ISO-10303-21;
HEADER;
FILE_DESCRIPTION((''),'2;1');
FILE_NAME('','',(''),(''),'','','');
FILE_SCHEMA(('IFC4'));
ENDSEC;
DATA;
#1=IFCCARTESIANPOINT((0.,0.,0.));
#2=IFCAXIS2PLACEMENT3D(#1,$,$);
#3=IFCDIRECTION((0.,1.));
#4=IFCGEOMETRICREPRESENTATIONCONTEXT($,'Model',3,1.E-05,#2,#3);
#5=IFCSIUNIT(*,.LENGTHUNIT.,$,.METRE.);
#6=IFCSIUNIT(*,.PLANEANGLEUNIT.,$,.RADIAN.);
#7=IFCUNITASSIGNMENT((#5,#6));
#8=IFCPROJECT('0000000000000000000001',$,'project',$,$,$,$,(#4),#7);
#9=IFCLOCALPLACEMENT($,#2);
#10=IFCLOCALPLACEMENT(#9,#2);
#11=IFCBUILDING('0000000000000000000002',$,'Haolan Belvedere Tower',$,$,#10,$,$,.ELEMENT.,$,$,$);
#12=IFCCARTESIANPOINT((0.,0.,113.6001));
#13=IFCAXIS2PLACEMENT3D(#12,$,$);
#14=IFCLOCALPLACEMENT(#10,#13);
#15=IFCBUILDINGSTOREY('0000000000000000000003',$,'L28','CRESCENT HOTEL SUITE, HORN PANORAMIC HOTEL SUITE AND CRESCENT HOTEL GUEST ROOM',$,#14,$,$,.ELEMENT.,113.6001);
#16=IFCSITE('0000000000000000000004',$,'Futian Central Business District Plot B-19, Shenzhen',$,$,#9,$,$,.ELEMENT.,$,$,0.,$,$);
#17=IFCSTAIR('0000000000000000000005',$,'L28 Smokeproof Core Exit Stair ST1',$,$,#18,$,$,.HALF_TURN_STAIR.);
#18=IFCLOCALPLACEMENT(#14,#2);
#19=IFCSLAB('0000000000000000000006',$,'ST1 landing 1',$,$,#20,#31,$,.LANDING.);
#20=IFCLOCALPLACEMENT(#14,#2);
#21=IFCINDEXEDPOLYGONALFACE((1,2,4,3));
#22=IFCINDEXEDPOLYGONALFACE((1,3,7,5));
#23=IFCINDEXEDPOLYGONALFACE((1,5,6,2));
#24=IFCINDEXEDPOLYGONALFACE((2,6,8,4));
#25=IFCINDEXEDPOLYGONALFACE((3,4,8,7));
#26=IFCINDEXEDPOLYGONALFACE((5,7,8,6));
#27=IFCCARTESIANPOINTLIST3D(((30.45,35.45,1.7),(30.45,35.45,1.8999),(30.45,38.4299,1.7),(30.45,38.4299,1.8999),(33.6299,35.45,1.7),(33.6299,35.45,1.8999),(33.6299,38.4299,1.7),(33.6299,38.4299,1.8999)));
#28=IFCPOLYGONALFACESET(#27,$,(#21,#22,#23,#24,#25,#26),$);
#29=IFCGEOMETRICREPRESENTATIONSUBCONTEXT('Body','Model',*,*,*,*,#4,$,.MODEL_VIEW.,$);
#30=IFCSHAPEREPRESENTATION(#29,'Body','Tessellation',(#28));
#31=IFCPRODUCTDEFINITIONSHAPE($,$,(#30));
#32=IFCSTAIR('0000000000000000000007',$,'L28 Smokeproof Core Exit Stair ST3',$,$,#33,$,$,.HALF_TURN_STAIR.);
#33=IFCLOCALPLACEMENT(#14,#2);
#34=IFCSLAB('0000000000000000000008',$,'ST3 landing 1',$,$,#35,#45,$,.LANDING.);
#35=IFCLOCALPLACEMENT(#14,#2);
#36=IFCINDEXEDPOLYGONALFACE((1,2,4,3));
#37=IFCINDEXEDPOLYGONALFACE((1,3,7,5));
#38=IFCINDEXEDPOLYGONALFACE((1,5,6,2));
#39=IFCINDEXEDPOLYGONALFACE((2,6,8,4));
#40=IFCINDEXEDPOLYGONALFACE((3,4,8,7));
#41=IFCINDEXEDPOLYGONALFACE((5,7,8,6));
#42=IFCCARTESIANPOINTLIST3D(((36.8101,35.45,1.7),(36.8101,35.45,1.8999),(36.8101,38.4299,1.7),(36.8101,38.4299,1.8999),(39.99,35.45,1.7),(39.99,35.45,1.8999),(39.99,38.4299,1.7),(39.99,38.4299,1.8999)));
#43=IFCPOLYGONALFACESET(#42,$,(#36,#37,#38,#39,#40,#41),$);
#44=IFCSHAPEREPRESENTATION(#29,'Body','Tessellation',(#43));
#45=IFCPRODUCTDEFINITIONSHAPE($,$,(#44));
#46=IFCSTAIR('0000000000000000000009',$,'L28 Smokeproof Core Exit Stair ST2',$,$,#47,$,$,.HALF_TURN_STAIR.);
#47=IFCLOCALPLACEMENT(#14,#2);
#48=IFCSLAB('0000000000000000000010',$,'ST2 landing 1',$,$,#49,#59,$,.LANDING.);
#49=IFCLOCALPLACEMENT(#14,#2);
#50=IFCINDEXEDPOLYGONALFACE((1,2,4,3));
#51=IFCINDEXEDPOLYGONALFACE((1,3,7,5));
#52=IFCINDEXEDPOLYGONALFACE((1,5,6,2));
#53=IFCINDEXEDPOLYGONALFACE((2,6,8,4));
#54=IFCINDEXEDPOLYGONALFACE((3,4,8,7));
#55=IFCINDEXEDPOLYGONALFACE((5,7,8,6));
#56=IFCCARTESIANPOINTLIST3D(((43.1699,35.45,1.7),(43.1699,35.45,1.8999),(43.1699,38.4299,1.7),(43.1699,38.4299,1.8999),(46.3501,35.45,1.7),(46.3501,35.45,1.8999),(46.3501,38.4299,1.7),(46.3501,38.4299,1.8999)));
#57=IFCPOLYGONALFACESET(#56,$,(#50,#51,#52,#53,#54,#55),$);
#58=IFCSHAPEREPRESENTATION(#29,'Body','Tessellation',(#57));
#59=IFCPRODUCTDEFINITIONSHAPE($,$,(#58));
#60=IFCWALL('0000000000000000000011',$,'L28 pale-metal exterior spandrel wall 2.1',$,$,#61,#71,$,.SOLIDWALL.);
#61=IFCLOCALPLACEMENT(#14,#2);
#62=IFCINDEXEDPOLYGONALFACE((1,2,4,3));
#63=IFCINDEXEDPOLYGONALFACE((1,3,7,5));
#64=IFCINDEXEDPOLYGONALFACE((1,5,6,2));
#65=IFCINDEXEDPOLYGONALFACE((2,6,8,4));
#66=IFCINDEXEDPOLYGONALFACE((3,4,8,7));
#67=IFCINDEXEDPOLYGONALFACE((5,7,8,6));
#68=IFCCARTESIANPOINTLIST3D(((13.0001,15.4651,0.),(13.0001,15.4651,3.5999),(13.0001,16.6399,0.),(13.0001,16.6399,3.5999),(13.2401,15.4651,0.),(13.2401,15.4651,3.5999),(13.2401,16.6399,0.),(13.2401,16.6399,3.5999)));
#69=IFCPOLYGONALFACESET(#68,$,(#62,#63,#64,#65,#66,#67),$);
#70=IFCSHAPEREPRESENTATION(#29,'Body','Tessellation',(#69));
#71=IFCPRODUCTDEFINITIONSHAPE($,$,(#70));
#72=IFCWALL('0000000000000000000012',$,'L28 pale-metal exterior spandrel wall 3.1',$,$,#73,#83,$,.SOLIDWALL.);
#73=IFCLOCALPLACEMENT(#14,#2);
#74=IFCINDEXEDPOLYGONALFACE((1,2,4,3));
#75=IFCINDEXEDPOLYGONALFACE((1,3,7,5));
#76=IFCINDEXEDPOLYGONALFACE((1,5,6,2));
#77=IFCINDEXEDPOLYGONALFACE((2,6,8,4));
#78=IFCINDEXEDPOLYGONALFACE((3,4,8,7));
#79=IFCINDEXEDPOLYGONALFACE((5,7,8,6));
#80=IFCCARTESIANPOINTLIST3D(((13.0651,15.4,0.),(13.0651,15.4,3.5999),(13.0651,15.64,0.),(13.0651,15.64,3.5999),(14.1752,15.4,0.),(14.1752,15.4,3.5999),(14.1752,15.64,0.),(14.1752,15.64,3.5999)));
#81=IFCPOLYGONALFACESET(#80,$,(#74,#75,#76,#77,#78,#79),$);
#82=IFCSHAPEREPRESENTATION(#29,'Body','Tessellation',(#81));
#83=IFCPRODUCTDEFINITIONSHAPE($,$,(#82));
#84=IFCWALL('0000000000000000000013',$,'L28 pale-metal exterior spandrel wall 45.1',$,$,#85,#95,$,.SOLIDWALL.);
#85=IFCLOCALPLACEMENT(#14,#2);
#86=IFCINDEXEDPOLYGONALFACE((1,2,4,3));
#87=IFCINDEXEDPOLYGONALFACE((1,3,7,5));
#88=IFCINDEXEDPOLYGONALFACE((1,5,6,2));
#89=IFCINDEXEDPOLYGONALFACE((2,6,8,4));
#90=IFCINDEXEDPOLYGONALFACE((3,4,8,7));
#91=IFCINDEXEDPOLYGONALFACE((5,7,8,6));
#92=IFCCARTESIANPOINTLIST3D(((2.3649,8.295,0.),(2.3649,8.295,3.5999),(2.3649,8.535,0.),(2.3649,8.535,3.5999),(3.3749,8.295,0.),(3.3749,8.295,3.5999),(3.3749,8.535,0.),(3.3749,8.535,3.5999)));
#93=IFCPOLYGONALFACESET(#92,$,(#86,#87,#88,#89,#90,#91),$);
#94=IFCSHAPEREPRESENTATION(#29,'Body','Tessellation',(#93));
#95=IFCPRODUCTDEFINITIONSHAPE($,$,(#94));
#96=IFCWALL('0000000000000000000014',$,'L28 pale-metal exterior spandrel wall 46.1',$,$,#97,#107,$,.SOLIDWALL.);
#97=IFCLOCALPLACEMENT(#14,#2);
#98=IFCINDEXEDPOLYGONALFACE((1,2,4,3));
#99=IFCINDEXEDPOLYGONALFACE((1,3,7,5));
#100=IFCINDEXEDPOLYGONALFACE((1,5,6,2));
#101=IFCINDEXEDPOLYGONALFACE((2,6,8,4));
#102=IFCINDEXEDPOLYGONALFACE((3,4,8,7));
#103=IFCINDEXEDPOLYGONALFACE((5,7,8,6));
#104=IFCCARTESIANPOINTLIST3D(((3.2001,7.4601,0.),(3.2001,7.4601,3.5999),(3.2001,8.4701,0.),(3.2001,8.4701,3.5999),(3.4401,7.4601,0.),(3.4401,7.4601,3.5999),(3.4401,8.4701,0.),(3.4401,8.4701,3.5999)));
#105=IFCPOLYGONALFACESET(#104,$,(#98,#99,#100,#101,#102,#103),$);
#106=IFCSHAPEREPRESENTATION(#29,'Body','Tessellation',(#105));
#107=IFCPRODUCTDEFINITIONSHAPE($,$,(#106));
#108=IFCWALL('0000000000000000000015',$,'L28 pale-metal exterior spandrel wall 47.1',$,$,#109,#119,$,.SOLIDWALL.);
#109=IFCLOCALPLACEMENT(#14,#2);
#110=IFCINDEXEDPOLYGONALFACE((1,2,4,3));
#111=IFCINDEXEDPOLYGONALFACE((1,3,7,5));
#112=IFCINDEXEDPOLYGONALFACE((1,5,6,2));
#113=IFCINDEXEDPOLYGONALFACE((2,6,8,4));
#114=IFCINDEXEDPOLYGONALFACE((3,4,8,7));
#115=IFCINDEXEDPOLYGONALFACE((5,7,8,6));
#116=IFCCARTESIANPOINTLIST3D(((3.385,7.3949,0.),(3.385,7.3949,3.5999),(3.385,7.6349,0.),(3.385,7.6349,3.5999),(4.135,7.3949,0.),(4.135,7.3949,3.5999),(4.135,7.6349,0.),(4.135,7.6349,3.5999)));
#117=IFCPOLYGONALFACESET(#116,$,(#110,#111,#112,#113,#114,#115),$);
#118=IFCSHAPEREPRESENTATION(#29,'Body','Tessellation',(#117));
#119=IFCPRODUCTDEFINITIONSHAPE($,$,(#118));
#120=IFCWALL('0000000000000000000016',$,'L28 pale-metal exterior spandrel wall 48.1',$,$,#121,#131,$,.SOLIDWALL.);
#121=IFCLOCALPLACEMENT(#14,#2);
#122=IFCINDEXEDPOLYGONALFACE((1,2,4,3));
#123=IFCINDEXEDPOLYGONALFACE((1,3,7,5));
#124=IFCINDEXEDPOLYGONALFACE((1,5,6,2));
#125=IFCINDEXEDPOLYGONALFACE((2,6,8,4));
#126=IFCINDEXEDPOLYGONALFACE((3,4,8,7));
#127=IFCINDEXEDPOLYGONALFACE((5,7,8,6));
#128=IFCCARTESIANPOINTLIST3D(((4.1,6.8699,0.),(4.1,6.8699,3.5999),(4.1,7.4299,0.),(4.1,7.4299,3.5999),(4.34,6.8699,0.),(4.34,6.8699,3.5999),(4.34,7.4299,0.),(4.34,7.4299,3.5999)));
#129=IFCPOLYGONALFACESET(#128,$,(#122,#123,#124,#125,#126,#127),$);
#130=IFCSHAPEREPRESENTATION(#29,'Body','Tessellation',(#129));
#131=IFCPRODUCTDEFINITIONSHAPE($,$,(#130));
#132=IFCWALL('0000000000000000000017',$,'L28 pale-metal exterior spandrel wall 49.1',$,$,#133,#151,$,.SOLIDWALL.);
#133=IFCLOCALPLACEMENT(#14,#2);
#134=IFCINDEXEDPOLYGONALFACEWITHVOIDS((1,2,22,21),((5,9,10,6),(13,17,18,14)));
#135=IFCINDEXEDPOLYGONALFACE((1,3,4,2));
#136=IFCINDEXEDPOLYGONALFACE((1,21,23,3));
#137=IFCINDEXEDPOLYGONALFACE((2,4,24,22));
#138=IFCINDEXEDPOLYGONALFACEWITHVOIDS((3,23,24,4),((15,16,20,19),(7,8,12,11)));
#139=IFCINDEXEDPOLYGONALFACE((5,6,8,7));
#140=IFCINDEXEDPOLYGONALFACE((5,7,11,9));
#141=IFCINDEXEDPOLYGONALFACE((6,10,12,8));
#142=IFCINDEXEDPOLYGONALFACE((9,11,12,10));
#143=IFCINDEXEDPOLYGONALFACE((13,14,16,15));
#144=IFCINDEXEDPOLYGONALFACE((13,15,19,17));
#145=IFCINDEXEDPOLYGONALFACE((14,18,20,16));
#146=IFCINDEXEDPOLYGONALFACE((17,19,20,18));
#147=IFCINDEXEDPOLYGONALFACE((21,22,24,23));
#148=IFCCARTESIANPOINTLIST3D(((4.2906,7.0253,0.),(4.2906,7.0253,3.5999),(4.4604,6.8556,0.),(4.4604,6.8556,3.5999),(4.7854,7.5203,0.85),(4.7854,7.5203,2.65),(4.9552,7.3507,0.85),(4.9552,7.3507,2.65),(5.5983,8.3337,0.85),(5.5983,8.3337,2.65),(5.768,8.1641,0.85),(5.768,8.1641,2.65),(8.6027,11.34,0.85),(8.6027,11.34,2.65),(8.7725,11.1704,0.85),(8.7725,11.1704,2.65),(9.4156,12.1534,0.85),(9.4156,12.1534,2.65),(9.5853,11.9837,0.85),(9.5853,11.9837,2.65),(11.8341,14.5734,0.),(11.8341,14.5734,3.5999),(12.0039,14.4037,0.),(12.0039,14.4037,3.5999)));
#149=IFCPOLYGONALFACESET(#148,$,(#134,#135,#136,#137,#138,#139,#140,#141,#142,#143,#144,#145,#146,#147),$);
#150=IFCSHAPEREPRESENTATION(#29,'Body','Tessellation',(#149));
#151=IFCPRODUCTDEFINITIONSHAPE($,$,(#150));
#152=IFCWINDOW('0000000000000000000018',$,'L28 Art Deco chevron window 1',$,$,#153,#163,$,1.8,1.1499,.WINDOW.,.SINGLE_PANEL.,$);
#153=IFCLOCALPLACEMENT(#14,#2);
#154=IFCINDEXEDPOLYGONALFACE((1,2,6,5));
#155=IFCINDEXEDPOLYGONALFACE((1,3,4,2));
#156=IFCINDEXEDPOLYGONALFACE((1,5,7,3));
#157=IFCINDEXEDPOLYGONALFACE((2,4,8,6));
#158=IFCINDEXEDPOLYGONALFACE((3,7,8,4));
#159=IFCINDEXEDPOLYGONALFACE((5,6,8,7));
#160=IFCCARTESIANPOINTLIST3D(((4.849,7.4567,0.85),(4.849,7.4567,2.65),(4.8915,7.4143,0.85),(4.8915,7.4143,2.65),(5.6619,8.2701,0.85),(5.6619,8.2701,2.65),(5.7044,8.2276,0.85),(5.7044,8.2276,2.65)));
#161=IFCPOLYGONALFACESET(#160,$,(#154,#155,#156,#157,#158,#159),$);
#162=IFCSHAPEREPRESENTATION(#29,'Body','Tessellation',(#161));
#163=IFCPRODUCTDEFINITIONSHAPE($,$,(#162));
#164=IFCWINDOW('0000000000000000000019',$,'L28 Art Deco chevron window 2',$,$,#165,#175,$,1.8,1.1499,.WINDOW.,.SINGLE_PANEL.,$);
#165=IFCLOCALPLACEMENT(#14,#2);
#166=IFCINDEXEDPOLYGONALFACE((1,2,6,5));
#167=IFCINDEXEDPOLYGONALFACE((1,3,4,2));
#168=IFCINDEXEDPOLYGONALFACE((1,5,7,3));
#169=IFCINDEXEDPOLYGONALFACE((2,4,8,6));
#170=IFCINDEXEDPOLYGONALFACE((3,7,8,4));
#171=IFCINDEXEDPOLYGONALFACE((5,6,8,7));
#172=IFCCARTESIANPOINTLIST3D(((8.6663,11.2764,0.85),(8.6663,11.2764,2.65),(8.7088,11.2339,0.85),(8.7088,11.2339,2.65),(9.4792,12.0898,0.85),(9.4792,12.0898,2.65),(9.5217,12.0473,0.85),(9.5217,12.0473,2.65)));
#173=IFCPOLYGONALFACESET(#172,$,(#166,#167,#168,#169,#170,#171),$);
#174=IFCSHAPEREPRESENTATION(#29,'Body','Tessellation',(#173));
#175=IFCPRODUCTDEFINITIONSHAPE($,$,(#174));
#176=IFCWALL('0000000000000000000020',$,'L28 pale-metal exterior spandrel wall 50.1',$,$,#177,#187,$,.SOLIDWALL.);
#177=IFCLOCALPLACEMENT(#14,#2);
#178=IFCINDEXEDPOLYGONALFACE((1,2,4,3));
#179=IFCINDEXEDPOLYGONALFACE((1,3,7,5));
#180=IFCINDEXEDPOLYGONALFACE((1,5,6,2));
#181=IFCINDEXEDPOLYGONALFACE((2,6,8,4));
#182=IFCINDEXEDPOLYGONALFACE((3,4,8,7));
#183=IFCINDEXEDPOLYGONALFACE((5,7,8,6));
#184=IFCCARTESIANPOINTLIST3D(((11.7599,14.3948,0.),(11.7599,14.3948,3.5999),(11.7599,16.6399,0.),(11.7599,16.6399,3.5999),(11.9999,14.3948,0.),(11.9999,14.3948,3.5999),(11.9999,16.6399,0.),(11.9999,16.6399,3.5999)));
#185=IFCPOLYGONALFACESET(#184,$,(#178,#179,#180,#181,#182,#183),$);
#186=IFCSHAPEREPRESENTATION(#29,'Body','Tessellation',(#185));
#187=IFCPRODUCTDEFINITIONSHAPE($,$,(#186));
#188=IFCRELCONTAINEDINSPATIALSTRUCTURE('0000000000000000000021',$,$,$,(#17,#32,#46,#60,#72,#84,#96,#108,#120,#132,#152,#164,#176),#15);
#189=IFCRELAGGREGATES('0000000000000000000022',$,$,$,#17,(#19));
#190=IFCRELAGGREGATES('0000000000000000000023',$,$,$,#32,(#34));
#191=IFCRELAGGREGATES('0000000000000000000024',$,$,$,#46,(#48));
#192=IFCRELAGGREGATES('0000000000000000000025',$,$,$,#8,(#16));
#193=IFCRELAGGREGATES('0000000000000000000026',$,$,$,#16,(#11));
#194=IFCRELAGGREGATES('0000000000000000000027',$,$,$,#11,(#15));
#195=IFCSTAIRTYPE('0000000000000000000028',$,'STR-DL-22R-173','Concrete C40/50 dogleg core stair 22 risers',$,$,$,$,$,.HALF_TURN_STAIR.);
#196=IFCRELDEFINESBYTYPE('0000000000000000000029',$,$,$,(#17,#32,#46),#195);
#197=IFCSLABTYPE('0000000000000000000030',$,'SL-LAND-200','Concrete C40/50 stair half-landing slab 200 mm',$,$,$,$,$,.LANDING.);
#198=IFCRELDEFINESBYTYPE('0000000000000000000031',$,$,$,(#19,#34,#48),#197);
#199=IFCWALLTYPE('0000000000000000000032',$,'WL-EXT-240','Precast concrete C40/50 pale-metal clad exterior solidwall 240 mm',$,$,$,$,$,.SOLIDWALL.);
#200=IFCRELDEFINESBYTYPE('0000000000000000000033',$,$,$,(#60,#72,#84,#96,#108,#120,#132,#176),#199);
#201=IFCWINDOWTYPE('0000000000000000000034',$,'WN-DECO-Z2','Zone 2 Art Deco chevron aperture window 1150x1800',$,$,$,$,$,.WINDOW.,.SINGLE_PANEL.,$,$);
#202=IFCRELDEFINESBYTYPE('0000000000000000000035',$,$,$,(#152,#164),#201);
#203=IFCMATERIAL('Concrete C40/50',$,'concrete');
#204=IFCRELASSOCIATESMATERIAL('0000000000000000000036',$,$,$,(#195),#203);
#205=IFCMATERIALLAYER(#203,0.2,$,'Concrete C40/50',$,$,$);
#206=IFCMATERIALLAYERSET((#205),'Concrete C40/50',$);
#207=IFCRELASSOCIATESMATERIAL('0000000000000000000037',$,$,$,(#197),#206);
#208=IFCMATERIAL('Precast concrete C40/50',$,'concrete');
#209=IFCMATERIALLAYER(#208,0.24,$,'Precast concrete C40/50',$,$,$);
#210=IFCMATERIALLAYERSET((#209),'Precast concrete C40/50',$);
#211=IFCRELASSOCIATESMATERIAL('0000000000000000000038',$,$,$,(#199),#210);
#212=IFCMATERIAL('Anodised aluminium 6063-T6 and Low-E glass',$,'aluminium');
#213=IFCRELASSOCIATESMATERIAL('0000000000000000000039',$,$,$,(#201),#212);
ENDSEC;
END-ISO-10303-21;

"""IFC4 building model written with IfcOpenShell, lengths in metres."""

from ifc_helpers import new_model, si_unit, direction, frame, frame_2d, origin, place, context, subcontext, project, spatial, polyline, rectangle, outline, extrude, material, layer, layer_set, type_object, element, fill, aggregate, save


model = new_model("IFC4")

# Units and contexts
model_context = context("Model", 3, precision=1e-05, world=origin(), true_north=direction((0.0, 1.0)))
body_context = subcontext(model_context, "Body", "Model", "MODEL_VIEW")
ifc_project = project(units=[si_unit("LENGTHUNIT", "METRE"), si_unit("PLANEANGLEUNIT", "RADIAN")], contexts=[model_context])

# Site, building, storey
site_placement = place(None, origin())
site = spatial("IfcSite", under=ifc_project, at=site_placement, Name="Futian Central Business District Plot B-19, Shenzhen", CompositionType="ELEMENT", RefElevation=0.0)
building_placement = place(site_placement, origin())
building = spatial("IfcBuilding", under=site, at=building_placement, Name="Haolan Belvedere Tower", CompositionType="ELEMENT")
storey_placement = place(building_placement, frame((0.0, 0.0, 113.6001)))
storey = spatial("IfcBuildingStorey", under=building, at=storey_placement, Name="L28", Description="CRESCENT HOTEL SUITE, HORN PANORAMIC HOTEL SUITE AND CRESCENT HOTEL GUEST ROOM", CompositionType="ELEMENT", Elevation=113.6001)

# Shared definitions
ifc_material_1 = material(Name="Concrete C40/50", Category="concrete")

# Stairs, slabs
stair_type = type_object("IfcStairType", Name="STR-DL-22R-173", Description="Concrete C40/50 dogleg core stair 22 risers", PredefinedType="HALF_TURN_STAIR", material=ifc_material_1)
stair_1_placement = place(storey_placement, origin())
stair_1 = element("IfcStair", 1, at=stair_1_placement, inside=storey, type_object=stair_type, Name="L28 Smokeproof Core Exit Stair ST1", PredefinedType="HALF_TURN_STAIR")
ifc_layer_1 = layer(ifc_material_1, 0.2, Name="Concrete C40/50")
ifc_layer_set_1 = layer_set([ifc_layer_1], Name="Concrete C40/50")
slab_type_1 = type_object("IfcSlabType", Name="SL-LAND-200", Description="Concrete C40/50 stair half-landing slab 200 mm", PredefinedType="LANDING", material=ifc_layer_set_1)
slab_1_placement = place(storey_placement, frame((0.0, 0.0, 1.7)))
slab_1 = element("IfcSlab", 2, at=slab_1_placement, type_object=slab_type_1, Name="ST1 landing 1", PredefinedType="LANDING", context=body_context, shape_type="SweptSolid", body=[
    extrude(outline(polyline([(30.45, 38.4299), (30.45, 35.45), (33.6299, 35.45), (33.6299, 38.4299), (30.45, 38.4299)])), origin(), (0.0, 0.0, 1.0), 0.2),
])
aggregate(stair_1, [slab_1])
stair_2_placement = place(storey_placement, origin())
stair_2 = element("IfcStair", 3, at=stair_2_placement, inside=storey, type_object=stair_type, Name="L28 Smokeproof Core Exit Stair ST3", PredefinedType="HALF_TURN_STAIR")
slab_2_placement = place(storey_placement, frame((0.0, 0.0, 1.7)))
slab_2 = element("IfcSlab", 4, at=slab_2_placement, type_object=slab_type_1, Name="ST3 landing 1", PredefinedType="LANDING", context=body_context, shape_type="SweptSolid", body=[
    extrude(outline(polyline([(36.8101, 38.4299), (36.8101, 35.45), (39.99, 35.45), (39.99, 38.4299), (36.8101, 38.4299)])), origin(), (0.0, 0.0, 1.0), 0.2),
])
aggregate(stair_2, [slab_2])
stair_3_placement = place(storey_placement, origin())
stair_3 = element("IfcStair", 5, at=stair_3_placement, inside=storey, type_object=stair_type, Name="L28 Smokeproof Core Exit Stair ST2", PredefinedType="HALF_TURN_STAIR")
slab_3_placement = place(storey_placement, frame((0.0, 0.0, 1.7)))
slab_3 = element("IfcSlab", 6, at=slab_3_placement, type_object=slab_type_1, Name="ST2 landing 1", PredefinedType="LANDING", context=body_context, shape_type="SweptSolid", body=[
    extrude(outline(polyline([(43.1699, 38.4299), (43.1699, 35.45), (46.3501, 35.45), (46.3501, 38.4299), (43.1699, 38.4299)])), origin(), (0.0, 0.0, 1.0), 0.2),
])
aggregate(stair_3, [slab_3])

# Walls
ifc_material_2 = material(Name="Precast concrete C40/50", Category="concrete")
ifc_layer_2 = layer(ifc_material_2, 0.24, Name="Precast concrete C40/50")
ifc_layer_set_2 = layer_set([ifc_layer_2], Name="Precast concrete C40/50")
wall_type_1 = type_object("IfcWallType", Name="WL-EXT-240", Description="Precast concrete C40/50 pale-metal clad exterior solidwall 240 mm", PredefinedType="SOLIDWALL", material=ifc_layer_set_2)
wall_1_placement = place(storey_placement, frame((13.1201, 16.6399, 0.0), z_axis=(0.0, 0.0, 1.0), x_axis=(0.0, -1.0, 0.0)))
element("IfcWall", 7, at=wall_1_placement, inside=storey, type_object=wall_type_1, Name="L28 pale-metal exterior spandrel wall 2.1", PredefinedType="SOLIDWALL", context=body_context, shape_type="SweptSolid", body=[
    extrude(rectangle(XDim=1.1748, YDim=0.24, at=frame_2d((0.5874, 0.0))), origin(), (0.0, 0.0, 1.0), 3.5999),
])
wall_2_placement = place(storey_placement, frame((13.0649, 15.52, 0.0), z_axis=(0.0, 0.0, 1.0), x_axis=(1.0, 0.0, 0.0)))
element("IfcWall", 8, at=wall_2_placement, inside=storey, type_object=wall_type_1, Name="L28 pale-metal exterior spandrel wall 3.1", PredefinedType="SOLIDWALL", context=body_context, shape_type="SweptSolid", body=[
    extrude(rectangle(XDim=1.1101, YDim=0.24, at=frame_2d((0.5552, 0.0))), origin(), (0.0, 0.0, 1.0), 3.5999),
])
for number, where, z_axis, x_axis, name in (
    (9, (2.365, 8.415, 0.0), (0.0, 0.0, 1.0), (1.0, 0.0, 0.0), "L28 pale-metal exterior spandrel wall 45.1"),
    (10, (3.3201, 8.47, 0.0), (0.0, 0.0, 1.0), (0.0, -1.0, 0.0), "L28 pale-metal exterior spandrel wall 46.1"),
):
    element("IfcWall", number, at=place(storey_placement, frame(where, z_axis=z_axis, x_axis=x_axis)), inside=storey, type_object=wall_type_1, Name=name, PredefinedType="SOLIDWALL", context=body_context, shape_type="SweptSolid", body=[
        extrude(rectangle(XDim=1.01, YDim=0.24, at=frame_2d((0.5049, 0.0))), origin(), (0.0, 0.0, 1.0), 3.5999),
    ])
wall_3_placement = place(storey_placement, frame((3.385, 7.5149, 0.0), z_axis=(0.0, 0.0, 1.0), x_axis=(1.0, 0.0, 0.0)))
element("IfcWall", 11, at=wall_3_placement, inside=storey, type_object=wall_type_1, Name="L28 pale-metal exterior spandrel wall 47.1", PredefinedType="SOLIDWALL", context=body_context, shape_type="SweptSolid", body=[
    extrude(rectangle(XDim=0.75, YDim=0.24, at=frame_2d((0.375, 0.0))), origin(), (0.0, 0.0, 1.0), 3.5999),
])
wall_4_placement = place(storey_placement, frame((4.22, 7.4299, 0.0), z_axis=(0.0, 0.0, 1.0), x_axis=(0.0, -1.0, 0.0)))
element("IfcWall", 12, at=wall_4_placement, inside=storey, type_object=wall_type_1, Name="L28 pale-metal exterior spandrel wall 48.1", PredefinedType="SOLIDWALL", context=body_context, shape_type="SweptSolid", body=[
    extrude(rectangle(XDim=0.5601, YDim=0.24, at=frame_2d((0.28, 0.0))), origin(), (0.0, 0.0, 1.0), 3.5999),
])

# Wall, openings, windows
wall_5_placement = place(storey_placement, frame((4.3755, 6.9404, 0.0), z_axis=(0.0, 0.0, 1.0), x_axis=(0.706889, 0.707324, 0.0)))
wall_5 = element("IfcWall", 13, at=wall_5_placement, inside=storey, type_object=wall_type_1, Name="L28 pale-metal exterior spandrel wall 49.1", PredefinedType="SOLIDWALL", context=body_context, shape_type="SweptSolid", body=[
    extrude(rectangle(XDim=10.6714, YDim=0.24, at=frame_2d((5.3357, 0.0))), origin(), (0.0, 0.0, 1.0), 3.5999),
])
opening_1_placement = place(wall_5_placement, frame((0.7, 0.0, 0.8501)))
opening_1 = element("IfcOpeningElement", 14, at=opening_1_placement, cuts=wall_5, PredefinedType="OPENING", context=body_context, shape_type="SweptSolid", body=[
    extrude(rectangle(XDim=1.1499, YDim=1.8, at=frame_2d((0.575, 0.8999))), frame((0.0, 0.1299, 0.0), z_axis=(0.0, -1.0, 0.0), x_axis=(1.0, 0.0, 0.0)), (0.0, 0.0, 1.0), 0.26),
])
opening_2_placement = place(wall_5_placement, frame((6.1001, 0.0, 0.8501)))
opening_2 = element("IfcOpeningElement", 15, at=opening_2_placement, cuts=wall_5, PredefinedType="OPENING", context=body_context, shape_type="SweptSolid", body=[
    extrude(rectangle(XDim=1.1499, YDim=1.8, at=frame_2d((0.575, 0.8999))), frame((0.0, 0.1299, 0.0), z_axis=(0.0, -1.0, 0.0), x_axis=(1.0, 0.0, 0.0)), (0.0, 0.0, 1.0), 0.26),
])
ifc_material_3 = material(Name="Anodised aluminium 6063-T6 and Low-E glass", Category="aluminium")
window_type = type_object("IfcWindowType", Name="WN-DECO-Z2", Description="Zone 2 Art Deco chevron aperture window 1150x1800", PartitioningType="SINGLE_PANEL", PredefinedType="WINDOW", material=ifc_material_3)
window_1_placement = place(opening_1_placement, origin())
window_1 = element("IfcWindow", 16, at=window_1_placement, inside=storey, type_object=window_type, Name="L28 Art Deco chevron window 1", OverallHeight=1.8, OverallWidth=1.1499, PartitioningType="SINGLE_PANEL", PredefinedType="WINDOW", context=body_context, shape_type="SweptSolid", body=[
    extrude(rectangle(XDim=1.1499, YDim=1.8, at=frame_2d((0.575, 0.8999))), frame((0.0, 0.03, 0.0), z_axis=(0.0, -1.0, 0.0), x_axis=(1.0, 0.0, 0.0)), (0.0, 0.0, 1.0), 0.0601),
])
fill(opening_1, window_1)
window_2_placement = place(opening_2_placement, origin())
window_2 = element("IfcWindow", 17, at=window_2_placement, inside=storey, type_object=window_type, Name="L28 Art Deco chevron window 2", OverallHeight=1.8, OverallWidth=1.1499, PartitioningType="SINGLE_PANEL", PredefinedType="WINDOW", context=body_context, shape_type="SweptSolid", body=[
    extrude(rectangle(XDim=1.1499, YDim=1.8, at=frame_2d((0.575, 0.8999))), frame((0.0, 0.03, 0.0), z_axis=(0.0, -1.0, 0.0), x_axis=(1.0, 0.0, 0.0)), (0.0, 0.0, 1.0), 0.0601),
])
fill(opening_2, window_2)

# Wall
wall_6_placement = place(storey_placement, frame((11.8799, 14.3948, 0.0), z_axis=(0.0, 0.0, 1.0), x_axis=(0.0, 1.0, 0.0)))
element("IfcWall", 18, at=wall_6_placement, inside=storey, type_object=wall_type_1, Name="L28 pale-metal exterior spandrel wall 50.1", PredefinedType="SOLIDWALL", context=body_context, shape_type="SweptSolid", body=[
    extrude(rectangle(XDim=2.2451, YDim=0.24, at=frame_2d((1.1226, 0.0))), origin(), (0.0, 0.0, 1.0), 3.5999),
])

save(model, "model.ifc")
